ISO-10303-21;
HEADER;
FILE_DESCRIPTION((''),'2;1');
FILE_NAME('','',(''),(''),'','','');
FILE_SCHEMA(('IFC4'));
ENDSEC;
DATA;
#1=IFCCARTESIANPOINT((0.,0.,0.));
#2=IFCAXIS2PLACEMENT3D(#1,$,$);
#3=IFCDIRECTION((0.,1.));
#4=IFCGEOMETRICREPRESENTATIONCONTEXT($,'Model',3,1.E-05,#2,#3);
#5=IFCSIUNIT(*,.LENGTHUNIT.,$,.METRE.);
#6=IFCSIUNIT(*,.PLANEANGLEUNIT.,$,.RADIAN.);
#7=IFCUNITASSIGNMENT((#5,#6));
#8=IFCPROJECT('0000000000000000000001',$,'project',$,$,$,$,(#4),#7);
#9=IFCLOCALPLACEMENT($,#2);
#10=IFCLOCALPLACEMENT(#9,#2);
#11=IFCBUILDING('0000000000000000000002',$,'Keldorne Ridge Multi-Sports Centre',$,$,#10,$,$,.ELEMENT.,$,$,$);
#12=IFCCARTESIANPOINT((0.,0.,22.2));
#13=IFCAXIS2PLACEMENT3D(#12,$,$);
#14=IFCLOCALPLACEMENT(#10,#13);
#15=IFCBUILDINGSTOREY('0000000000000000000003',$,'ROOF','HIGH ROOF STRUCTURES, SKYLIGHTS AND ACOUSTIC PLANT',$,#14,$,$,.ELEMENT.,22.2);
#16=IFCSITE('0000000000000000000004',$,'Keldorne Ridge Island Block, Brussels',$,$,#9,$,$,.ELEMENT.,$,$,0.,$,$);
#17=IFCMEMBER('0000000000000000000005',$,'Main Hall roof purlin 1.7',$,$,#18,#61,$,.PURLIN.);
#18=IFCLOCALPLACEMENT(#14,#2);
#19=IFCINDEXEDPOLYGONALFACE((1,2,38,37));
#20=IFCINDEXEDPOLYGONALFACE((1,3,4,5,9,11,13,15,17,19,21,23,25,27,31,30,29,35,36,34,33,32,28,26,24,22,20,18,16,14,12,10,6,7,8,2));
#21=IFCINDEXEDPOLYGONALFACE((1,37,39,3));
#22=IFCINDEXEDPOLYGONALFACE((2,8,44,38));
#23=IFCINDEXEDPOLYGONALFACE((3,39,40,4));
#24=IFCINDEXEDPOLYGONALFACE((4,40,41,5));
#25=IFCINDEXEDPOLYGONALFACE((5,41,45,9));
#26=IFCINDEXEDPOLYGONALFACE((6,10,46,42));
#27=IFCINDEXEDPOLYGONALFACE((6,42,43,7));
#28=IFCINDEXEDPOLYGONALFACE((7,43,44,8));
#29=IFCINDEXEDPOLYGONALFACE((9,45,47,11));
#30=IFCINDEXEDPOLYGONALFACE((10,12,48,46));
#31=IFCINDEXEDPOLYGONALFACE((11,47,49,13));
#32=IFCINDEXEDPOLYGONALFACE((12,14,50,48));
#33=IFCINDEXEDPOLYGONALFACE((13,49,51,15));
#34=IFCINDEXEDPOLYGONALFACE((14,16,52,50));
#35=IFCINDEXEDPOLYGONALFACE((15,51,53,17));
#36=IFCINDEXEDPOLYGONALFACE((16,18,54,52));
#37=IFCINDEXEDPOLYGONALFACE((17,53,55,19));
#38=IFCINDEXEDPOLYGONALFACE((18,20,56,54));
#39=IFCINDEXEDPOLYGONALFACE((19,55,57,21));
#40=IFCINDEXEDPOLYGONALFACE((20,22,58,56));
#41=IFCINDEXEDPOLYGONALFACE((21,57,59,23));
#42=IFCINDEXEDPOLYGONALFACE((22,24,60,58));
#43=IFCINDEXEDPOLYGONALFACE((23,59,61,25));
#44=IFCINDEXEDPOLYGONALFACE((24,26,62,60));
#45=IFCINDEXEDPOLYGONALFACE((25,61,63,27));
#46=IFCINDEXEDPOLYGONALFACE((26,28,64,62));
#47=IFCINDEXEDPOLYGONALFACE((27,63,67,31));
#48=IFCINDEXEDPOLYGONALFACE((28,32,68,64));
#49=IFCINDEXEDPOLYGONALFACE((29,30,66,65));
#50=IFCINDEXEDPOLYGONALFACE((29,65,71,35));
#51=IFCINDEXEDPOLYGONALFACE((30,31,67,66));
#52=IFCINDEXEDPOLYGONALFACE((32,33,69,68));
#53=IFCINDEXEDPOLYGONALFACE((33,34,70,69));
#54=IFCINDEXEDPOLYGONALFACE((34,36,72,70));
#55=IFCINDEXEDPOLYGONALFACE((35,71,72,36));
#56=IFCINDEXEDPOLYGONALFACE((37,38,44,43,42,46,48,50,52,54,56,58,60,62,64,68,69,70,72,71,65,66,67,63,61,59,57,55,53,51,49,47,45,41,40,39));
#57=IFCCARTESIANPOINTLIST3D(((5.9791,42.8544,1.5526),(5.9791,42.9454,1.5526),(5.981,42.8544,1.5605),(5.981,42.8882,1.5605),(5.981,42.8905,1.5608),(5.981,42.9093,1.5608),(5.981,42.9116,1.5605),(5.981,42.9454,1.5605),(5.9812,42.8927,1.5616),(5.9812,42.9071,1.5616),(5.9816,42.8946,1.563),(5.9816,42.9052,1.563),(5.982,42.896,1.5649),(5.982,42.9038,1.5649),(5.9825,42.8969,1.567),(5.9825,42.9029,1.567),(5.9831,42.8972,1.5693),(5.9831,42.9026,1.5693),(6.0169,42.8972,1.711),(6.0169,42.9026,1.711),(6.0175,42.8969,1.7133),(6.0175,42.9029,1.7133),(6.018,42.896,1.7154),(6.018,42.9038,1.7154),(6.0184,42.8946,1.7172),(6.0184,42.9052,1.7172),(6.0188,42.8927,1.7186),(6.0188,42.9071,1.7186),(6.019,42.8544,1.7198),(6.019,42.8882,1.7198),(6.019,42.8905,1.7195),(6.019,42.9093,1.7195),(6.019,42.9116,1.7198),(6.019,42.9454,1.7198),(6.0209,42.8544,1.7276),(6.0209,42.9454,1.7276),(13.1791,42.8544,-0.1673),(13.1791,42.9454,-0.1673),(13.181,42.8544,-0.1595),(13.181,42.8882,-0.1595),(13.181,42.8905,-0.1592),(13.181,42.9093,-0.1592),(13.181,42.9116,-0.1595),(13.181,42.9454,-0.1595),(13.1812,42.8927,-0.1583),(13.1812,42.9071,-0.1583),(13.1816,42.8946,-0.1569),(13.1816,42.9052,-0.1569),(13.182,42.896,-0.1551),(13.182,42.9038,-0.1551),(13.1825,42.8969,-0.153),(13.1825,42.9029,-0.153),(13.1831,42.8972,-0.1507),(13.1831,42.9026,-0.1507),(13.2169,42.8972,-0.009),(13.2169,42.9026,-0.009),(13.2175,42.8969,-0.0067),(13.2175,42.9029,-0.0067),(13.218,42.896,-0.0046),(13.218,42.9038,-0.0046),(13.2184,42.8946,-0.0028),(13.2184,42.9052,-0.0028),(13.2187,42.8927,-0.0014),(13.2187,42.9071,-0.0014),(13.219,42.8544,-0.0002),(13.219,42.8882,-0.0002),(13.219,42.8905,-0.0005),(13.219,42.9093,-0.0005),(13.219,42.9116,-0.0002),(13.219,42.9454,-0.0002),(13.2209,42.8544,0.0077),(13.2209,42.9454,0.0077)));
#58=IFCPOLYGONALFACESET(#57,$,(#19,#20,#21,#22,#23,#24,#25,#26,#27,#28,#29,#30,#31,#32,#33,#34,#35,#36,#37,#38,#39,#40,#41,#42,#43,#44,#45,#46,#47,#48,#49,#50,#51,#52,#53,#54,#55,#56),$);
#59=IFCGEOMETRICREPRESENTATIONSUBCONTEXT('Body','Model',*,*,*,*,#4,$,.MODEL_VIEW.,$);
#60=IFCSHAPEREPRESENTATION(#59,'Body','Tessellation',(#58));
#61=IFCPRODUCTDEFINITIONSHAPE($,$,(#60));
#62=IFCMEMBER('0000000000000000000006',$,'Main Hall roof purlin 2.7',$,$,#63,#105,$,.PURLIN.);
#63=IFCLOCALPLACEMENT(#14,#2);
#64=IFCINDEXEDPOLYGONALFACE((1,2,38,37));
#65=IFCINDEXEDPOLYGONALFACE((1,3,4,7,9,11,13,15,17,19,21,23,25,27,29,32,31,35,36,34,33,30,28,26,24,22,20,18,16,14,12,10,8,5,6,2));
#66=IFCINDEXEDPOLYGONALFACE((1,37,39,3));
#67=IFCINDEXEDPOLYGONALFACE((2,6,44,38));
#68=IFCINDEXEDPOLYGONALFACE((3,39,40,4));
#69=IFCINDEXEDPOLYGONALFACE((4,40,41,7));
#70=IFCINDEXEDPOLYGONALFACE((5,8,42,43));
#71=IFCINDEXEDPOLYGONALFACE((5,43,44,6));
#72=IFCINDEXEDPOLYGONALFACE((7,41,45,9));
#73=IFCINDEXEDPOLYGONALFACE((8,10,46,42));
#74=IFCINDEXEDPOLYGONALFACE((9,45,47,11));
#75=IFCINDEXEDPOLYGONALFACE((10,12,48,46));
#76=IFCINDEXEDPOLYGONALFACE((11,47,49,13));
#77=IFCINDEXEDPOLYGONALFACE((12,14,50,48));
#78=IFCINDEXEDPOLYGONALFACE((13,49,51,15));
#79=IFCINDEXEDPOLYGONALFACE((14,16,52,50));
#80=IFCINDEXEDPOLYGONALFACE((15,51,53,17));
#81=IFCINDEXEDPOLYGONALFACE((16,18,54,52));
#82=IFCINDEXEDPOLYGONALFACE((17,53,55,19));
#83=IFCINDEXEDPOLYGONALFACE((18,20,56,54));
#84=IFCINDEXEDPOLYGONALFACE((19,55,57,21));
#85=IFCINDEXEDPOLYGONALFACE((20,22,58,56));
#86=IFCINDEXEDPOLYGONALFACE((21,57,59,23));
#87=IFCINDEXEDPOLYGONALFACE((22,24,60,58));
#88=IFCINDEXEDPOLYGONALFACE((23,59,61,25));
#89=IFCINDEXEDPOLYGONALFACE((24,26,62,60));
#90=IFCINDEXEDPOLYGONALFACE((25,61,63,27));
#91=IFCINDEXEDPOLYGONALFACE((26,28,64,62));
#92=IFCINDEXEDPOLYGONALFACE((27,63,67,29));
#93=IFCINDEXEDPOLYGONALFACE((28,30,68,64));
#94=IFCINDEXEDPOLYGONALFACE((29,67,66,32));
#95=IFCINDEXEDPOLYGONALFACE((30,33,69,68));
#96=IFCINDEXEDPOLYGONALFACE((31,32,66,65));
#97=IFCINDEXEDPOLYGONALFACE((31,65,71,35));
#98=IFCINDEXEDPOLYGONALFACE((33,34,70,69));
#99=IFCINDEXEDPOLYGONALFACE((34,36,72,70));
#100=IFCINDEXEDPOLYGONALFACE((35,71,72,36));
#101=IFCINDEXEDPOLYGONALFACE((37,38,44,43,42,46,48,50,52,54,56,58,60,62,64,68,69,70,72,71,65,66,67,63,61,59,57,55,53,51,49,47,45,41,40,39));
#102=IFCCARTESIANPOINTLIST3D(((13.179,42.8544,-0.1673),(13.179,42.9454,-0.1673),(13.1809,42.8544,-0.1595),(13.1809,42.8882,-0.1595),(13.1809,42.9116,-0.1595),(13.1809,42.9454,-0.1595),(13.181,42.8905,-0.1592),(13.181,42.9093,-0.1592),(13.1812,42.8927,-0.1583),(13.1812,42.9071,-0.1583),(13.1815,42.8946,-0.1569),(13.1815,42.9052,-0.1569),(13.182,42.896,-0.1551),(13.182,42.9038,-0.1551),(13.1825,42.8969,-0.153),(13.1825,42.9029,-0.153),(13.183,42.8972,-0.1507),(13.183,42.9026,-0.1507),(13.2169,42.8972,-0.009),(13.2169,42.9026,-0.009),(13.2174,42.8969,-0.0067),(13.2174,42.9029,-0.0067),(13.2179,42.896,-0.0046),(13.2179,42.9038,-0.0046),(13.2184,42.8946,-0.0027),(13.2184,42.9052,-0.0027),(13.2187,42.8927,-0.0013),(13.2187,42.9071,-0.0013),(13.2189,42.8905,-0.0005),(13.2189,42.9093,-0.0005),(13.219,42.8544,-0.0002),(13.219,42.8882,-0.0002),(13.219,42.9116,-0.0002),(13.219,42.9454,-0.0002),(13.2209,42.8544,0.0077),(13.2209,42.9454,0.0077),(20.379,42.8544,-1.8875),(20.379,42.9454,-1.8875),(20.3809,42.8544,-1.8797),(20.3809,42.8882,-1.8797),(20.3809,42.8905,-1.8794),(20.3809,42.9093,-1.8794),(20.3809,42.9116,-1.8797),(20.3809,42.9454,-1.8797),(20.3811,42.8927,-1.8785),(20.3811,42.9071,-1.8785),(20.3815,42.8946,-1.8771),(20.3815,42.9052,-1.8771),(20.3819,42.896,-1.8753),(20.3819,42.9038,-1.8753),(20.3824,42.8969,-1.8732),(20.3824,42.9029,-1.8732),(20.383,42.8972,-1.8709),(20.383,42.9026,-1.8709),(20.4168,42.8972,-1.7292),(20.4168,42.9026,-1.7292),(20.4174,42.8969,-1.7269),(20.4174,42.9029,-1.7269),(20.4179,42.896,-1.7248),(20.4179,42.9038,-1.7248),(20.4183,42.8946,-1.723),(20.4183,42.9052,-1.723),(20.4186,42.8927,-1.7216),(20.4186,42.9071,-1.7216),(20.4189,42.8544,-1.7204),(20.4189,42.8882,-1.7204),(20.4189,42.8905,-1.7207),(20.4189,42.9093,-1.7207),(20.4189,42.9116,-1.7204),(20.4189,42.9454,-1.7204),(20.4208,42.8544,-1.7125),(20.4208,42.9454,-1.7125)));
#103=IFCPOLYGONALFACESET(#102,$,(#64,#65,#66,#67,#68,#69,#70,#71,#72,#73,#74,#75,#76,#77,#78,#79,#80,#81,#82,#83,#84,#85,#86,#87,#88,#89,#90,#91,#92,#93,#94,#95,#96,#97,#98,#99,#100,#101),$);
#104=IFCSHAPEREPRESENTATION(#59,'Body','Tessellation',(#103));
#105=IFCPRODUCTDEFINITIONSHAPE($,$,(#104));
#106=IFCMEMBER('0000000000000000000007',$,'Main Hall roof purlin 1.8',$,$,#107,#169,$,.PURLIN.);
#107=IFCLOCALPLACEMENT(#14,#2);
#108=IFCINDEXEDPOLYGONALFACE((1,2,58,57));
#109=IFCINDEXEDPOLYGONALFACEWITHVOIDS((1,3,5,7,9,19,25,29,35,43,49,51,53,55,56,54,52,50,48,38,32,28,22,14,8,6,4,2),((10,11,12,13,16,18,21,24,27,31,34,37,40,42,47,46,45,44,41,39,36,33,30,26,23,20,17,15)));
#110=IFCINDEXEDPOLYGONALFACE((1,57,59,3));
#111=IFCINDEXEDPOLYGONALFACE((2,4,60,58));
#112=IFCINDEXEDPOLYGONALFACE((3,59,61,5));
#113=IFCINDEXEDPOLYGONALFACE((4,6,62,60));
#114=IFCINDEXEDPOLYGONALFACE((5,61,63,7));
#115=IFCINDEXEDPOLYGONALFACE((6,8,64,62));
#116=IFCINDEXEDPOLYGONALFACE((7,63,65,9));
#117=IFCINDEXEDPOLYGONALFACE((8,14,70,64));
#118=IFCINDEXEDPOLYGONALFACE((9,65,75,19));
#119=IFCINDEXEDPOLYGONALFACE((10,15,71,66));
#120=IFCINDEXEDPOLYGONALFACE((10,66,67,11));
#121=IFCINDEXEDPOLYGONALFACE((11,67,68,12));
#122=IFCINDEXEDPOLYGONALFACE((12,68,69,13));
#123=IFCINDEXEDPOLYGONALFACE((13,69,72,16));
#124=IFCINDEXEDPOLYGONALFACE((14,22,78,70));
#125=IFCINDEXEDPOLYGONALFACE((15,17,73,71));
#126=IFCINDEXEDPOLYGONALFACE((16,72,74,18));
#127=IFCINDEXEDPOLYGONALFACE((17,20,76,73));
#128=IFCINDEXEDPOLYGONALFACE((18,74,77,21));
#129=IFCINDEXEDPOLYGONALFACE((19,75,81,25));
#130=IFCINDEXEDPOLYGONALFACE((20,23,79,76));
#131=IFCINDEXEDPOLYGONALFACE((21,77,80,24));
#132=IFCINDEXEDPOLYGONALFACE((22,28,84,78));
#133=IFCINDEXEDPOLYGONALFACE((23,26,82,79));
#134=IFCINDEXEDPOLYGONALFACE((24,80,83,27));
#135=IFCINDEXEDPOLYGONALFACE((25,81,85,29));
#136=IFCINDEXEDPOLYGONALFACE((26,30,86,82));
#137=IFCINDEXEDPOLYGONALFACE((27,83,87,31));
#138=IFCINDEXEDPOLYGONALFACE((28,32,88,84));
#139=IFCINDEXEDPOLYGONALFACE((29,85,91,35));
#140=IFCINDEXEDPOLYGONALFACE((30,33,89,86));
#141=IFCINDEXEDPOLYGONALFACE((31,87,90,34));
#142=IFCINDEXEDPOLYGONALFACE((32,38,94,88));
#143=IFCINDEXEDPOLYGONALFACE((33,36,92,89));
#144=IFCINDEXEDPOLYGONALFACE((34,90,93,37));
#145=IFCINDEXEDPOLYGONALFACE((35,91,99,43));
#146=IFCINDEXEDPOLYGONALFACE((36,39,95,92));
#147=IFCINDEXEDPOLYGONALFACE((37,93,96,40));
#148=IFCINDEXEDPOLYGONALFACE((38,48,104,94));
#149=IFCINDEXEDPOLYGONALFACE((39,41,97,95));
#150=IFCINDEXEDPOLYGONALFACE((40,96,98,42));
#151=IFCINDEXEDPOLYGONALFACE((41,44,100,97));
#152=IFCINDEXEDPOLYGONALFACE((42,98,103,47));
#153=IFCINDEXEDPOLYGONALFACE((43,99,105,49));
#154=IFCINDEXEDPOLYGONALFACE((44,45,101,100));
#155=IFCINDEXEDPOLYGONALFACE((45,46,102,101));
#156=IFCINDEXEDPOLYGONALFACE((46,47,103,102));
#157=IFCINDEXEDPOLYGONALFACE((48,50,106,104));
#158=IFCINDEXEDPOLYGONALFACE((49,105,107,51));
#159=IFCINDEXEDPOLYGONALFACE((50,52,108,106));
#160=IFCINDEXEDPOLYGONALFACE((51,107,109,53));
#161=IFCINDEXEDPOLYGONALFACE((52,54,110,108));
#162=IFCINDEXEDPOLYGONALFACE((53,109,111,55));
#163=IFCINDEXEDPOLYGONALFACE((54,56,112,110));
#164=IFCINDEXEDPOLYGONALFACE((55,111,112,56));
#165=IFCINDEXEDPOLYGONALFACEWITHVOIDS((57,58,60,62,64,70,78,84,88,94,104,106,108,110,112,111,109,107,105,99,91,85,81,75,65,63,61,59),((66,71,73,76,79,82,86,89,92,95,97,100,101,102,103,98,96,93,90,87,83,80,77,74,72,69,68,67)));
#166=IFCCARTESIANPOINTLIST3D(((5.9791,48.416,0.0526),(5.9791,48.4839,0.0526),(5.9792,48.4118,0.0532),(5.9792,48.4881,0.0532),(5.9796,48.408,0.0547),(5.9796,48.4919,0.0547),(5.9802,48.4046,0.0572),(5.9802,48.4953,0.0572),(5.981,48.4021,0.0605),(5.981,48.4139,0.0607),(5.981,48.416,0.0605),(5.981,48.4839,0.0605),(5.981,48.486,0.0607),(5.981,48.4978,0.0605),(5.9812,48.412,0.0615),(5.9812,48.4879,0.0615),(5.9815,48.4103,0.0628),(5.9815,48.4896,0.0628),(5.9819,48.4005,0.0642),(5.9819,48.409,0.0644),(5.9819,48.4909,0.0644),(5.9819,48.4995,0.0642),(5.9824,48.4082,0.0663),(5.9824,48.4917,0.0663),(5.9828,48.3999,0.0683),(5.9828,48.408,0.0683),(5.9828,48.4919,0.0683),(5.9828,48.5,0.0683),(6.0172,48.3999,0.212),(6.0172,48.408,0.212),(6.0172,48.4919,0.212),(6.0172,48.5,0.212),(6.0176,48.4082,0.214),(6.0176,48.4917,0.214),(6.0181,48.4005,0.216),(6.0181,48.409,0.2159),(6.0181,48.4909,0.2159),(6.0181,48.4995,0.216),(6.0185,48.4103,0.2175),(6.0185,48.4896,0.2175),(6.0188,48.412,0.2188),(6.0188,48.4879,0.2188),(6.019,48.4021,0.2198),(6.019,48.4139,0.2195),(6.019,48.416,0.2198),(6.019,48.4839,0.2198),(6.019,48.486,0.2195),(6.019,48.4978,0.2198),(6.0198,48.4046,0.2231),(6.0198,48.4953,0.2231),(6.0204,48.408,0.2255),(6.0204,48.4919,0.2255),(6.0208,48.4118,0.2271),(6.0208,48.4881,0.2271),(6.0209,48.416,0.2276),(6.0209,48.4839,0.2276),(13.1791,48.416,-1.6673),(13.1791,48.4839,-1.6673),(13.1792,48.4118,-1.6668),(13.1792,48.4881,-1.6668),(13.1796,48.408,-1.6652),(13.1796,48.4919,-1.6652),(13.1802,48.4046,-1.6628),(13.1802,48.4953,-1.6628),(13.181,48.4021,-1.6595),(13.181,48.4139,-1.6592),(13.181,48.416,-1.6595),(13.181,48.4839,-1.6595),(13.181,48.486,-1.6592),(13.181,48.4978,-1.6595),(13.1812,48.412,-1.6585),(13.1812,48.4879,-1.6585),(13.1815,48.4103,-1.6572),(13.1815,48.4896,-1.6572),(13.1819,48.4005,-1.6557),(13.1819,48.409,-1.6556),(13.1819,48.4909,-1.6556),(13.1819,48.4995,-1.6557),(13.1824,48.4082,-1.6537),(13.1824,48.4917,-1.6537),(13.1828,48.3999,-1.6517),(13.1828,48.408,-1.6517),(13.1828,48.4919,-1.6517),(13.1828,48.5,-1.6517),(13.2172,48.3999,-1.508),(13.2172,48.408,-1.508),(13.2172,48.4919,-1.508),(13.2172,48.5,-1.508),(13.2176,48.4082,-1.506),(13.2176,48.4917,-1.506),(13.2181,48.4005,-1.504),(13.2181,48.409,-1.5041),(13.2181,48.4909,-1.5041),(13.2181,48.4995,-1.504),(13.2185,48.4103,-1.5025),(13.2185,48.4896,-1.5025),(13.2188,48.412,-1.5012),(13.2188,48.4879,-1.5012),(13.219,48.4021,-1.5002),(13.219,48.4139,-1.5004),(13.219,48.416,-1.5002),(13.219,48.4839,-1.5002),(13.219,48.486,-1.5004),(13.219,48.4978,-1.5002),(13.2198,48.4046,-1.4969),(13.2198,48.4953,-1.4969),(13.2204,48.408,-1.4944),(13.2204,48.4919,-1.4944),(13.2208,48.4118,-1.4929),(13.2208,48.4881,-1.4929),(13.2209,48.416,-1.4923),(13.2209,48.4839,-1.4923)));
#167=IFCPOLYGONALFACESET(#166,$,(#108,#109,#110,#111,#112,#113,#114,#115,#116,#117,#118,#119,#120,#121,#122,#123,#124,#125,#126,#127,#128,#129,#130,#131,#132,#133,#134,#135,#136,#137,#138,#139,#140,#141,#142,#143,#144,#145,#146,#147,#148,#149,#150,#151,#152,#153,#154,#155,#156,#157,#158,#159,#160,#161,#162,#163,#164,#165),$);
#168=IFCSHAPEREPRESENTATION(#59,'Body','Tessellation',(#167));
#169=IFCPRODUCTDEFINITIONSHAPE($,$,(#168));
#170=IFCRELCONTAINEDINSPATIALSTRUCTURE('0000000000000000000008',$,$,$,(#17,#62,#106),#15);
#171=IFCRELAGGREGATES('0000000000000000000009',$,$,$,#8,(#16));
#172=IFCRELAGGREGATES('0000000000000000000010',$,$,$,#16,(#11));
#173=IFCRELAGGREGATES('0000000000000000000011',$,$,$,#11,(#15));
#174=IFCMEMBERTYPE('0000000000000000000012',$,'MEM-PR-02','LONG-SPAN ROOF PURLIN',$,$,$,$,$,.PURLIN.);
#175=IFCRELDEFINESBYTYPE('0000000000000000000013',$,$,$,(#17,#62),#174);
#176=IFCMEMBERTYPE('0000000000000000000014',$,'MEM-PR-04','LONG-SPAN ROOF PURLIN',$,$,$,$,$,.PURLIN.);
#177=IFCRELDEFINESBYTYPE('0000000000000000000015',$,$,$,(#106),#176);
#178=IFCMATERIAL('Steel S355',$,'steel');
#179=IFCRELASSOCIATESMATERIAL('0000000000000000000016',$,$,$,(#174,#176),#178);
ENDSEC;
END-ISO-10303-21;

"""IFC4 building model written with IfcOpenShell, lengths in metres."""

from ifc_helpers import new_model, si_unit, direction, frame, origin, origin_2d, place, context, subcontext, project, spatial, hollow_rectangle, i_section, extrude, material, material_profile, profile_set, type_object, element, save


model = new_model("IFC4")

# Units and contexts
model_context = context("Model", 3, precision=1e-05, world=origin(), true_north=direction((0.0, 1.0)))
body_context = subcontext(model_context, "Body", "Model", "MODEL_VIEW")
ifc_project = project(units=[si_unit("LENGTHUNIT", "METRE"), si_unit("PLANEANGLEUNIT", "RADIAN")], contexts=[model_context])

# Site, building, storey
site_placement = place(None, origin())
site = spatial("IfcSite", under=ifc_project, at=site_placement, Name="Keldorne Ridge Island Block, Brussels", CompositionType="ELEMENT", RefElevation=0.0)
building_placement = place(site_placement, origin())
building = spatial("IfcBuilding", under=site, at=building_placement, Name="Keldorne Ridge Multi-Sports Centre", CompositionType="ELEMENT")
storey_placement = place(building_placement, frame((0.0, 0.0, 22.2)))
storey = spatial("IfcBuildingStorey", under=building, at=storey_placement, Name="ROOF", Description="HIGH ROOF STRUCTURES, SKYLIGHTS AND ACOUSTIC PLANT", CompositionType="ELEMENT", Elevation=22.2)

# Members
ifc_material = material(Name="Steel S355", Category="steel")
ifc_material_profile_1 = material_profile(ifc_material, i_section(OverallWidth=0.0911, OverallDepth=0.1799, WebThickness=0.0054, FlangeThickness=0.0081, FilletRadius=0.009, at=origin_2d()), Name="IPE 180")
ifc_profile_set_1 = profile_set([ifc_material_profile_1], Name="Steel S355")
member_type_1 = type_object("IfcMemberType", Name="MEM-PR-02", Description="LONG-SPAN ROOF PURLIN", PredefinedType="PURLIN", material=ifc_profile_set_1)
for number, where, z_axis, x_axis, name in (
    (1, (6.0, 42.8999, 1.6401), (0.972633, 0.0, -0.232349), (0.0, 1.0, 0.0), "Main Hall roof purlin 1.7"),
    (2, (13.2, 42.8999, -0.0798), (0.972625, 0.0, -0.23238), (0.0, 1.0, 0.0), "Main Hall roof purlin 2.7"),
):
    element("IfcMember", number, at=place(storey_placement, frame(where, z_axis=z_axis, x_axis=x_axis)), inside=storey, type_object=member_type_1, Name=name, PredefinedType="PURLIN", context=body_context, shape_type="SweptSolid", body=[
        extrude(i_section(OverallWidth=0.0911, OverallDepth=0.1799, WebThickness=0.0054, FlangeThickness=0.0081, FilletRadius=0.009, at=origin_2d()), origin(), (0.0, 0.0, 1.0), 7.4026),
    ])
ifc_material_profile_2 = material_profile(ifc_material, hollow_rectangle(XDim=0.1001, YDim=0.1799, WallThickness=0.0081, InnerFilletRadius=0.0081, OuterFilletRadius=0.0161, at=origin_2d()), Name="RHS 180x100x8")
ifc_profile_set_2 = profile_set([ifc_material_profile_2], Name="Steel S355")
member_type_2 = type_object("IfcMemberType", Name="MEM-PR-04", Description="LONG-SPAN ROOF PURLIN", PredefinedType="PURLIN", material=ifc_profile_set_2)
for number, where, z_axis, x_axis, name in (
    (3, (6.0, 48.45, 0.1401), (0.972633, 0.0, -0.232349), (0.0, 1.0, 0.0), "Main Hall roof purlin 1.8"),
):
    element("IfcMember", number, at=place(storey_placement, frame(where, z_axis=z_axis, x_axis=x_axis)), inside=storey, type_object=member_type_2, Name=name, PredefinedType="PURLIN", context=body_context, shape_type="SweptSolid", body=[
        extrude(hollow_rectangle(XDim=0.1001, YDim=0.1799, WallThickness=0.0081, InnerFilletRadius=0.0081, OuterFilletRadius=0.0161, at=origin_2d()), origin(), (0.0, 0.0, 1.0), 7.4026),
    ])

save(model, "model.ifc")
